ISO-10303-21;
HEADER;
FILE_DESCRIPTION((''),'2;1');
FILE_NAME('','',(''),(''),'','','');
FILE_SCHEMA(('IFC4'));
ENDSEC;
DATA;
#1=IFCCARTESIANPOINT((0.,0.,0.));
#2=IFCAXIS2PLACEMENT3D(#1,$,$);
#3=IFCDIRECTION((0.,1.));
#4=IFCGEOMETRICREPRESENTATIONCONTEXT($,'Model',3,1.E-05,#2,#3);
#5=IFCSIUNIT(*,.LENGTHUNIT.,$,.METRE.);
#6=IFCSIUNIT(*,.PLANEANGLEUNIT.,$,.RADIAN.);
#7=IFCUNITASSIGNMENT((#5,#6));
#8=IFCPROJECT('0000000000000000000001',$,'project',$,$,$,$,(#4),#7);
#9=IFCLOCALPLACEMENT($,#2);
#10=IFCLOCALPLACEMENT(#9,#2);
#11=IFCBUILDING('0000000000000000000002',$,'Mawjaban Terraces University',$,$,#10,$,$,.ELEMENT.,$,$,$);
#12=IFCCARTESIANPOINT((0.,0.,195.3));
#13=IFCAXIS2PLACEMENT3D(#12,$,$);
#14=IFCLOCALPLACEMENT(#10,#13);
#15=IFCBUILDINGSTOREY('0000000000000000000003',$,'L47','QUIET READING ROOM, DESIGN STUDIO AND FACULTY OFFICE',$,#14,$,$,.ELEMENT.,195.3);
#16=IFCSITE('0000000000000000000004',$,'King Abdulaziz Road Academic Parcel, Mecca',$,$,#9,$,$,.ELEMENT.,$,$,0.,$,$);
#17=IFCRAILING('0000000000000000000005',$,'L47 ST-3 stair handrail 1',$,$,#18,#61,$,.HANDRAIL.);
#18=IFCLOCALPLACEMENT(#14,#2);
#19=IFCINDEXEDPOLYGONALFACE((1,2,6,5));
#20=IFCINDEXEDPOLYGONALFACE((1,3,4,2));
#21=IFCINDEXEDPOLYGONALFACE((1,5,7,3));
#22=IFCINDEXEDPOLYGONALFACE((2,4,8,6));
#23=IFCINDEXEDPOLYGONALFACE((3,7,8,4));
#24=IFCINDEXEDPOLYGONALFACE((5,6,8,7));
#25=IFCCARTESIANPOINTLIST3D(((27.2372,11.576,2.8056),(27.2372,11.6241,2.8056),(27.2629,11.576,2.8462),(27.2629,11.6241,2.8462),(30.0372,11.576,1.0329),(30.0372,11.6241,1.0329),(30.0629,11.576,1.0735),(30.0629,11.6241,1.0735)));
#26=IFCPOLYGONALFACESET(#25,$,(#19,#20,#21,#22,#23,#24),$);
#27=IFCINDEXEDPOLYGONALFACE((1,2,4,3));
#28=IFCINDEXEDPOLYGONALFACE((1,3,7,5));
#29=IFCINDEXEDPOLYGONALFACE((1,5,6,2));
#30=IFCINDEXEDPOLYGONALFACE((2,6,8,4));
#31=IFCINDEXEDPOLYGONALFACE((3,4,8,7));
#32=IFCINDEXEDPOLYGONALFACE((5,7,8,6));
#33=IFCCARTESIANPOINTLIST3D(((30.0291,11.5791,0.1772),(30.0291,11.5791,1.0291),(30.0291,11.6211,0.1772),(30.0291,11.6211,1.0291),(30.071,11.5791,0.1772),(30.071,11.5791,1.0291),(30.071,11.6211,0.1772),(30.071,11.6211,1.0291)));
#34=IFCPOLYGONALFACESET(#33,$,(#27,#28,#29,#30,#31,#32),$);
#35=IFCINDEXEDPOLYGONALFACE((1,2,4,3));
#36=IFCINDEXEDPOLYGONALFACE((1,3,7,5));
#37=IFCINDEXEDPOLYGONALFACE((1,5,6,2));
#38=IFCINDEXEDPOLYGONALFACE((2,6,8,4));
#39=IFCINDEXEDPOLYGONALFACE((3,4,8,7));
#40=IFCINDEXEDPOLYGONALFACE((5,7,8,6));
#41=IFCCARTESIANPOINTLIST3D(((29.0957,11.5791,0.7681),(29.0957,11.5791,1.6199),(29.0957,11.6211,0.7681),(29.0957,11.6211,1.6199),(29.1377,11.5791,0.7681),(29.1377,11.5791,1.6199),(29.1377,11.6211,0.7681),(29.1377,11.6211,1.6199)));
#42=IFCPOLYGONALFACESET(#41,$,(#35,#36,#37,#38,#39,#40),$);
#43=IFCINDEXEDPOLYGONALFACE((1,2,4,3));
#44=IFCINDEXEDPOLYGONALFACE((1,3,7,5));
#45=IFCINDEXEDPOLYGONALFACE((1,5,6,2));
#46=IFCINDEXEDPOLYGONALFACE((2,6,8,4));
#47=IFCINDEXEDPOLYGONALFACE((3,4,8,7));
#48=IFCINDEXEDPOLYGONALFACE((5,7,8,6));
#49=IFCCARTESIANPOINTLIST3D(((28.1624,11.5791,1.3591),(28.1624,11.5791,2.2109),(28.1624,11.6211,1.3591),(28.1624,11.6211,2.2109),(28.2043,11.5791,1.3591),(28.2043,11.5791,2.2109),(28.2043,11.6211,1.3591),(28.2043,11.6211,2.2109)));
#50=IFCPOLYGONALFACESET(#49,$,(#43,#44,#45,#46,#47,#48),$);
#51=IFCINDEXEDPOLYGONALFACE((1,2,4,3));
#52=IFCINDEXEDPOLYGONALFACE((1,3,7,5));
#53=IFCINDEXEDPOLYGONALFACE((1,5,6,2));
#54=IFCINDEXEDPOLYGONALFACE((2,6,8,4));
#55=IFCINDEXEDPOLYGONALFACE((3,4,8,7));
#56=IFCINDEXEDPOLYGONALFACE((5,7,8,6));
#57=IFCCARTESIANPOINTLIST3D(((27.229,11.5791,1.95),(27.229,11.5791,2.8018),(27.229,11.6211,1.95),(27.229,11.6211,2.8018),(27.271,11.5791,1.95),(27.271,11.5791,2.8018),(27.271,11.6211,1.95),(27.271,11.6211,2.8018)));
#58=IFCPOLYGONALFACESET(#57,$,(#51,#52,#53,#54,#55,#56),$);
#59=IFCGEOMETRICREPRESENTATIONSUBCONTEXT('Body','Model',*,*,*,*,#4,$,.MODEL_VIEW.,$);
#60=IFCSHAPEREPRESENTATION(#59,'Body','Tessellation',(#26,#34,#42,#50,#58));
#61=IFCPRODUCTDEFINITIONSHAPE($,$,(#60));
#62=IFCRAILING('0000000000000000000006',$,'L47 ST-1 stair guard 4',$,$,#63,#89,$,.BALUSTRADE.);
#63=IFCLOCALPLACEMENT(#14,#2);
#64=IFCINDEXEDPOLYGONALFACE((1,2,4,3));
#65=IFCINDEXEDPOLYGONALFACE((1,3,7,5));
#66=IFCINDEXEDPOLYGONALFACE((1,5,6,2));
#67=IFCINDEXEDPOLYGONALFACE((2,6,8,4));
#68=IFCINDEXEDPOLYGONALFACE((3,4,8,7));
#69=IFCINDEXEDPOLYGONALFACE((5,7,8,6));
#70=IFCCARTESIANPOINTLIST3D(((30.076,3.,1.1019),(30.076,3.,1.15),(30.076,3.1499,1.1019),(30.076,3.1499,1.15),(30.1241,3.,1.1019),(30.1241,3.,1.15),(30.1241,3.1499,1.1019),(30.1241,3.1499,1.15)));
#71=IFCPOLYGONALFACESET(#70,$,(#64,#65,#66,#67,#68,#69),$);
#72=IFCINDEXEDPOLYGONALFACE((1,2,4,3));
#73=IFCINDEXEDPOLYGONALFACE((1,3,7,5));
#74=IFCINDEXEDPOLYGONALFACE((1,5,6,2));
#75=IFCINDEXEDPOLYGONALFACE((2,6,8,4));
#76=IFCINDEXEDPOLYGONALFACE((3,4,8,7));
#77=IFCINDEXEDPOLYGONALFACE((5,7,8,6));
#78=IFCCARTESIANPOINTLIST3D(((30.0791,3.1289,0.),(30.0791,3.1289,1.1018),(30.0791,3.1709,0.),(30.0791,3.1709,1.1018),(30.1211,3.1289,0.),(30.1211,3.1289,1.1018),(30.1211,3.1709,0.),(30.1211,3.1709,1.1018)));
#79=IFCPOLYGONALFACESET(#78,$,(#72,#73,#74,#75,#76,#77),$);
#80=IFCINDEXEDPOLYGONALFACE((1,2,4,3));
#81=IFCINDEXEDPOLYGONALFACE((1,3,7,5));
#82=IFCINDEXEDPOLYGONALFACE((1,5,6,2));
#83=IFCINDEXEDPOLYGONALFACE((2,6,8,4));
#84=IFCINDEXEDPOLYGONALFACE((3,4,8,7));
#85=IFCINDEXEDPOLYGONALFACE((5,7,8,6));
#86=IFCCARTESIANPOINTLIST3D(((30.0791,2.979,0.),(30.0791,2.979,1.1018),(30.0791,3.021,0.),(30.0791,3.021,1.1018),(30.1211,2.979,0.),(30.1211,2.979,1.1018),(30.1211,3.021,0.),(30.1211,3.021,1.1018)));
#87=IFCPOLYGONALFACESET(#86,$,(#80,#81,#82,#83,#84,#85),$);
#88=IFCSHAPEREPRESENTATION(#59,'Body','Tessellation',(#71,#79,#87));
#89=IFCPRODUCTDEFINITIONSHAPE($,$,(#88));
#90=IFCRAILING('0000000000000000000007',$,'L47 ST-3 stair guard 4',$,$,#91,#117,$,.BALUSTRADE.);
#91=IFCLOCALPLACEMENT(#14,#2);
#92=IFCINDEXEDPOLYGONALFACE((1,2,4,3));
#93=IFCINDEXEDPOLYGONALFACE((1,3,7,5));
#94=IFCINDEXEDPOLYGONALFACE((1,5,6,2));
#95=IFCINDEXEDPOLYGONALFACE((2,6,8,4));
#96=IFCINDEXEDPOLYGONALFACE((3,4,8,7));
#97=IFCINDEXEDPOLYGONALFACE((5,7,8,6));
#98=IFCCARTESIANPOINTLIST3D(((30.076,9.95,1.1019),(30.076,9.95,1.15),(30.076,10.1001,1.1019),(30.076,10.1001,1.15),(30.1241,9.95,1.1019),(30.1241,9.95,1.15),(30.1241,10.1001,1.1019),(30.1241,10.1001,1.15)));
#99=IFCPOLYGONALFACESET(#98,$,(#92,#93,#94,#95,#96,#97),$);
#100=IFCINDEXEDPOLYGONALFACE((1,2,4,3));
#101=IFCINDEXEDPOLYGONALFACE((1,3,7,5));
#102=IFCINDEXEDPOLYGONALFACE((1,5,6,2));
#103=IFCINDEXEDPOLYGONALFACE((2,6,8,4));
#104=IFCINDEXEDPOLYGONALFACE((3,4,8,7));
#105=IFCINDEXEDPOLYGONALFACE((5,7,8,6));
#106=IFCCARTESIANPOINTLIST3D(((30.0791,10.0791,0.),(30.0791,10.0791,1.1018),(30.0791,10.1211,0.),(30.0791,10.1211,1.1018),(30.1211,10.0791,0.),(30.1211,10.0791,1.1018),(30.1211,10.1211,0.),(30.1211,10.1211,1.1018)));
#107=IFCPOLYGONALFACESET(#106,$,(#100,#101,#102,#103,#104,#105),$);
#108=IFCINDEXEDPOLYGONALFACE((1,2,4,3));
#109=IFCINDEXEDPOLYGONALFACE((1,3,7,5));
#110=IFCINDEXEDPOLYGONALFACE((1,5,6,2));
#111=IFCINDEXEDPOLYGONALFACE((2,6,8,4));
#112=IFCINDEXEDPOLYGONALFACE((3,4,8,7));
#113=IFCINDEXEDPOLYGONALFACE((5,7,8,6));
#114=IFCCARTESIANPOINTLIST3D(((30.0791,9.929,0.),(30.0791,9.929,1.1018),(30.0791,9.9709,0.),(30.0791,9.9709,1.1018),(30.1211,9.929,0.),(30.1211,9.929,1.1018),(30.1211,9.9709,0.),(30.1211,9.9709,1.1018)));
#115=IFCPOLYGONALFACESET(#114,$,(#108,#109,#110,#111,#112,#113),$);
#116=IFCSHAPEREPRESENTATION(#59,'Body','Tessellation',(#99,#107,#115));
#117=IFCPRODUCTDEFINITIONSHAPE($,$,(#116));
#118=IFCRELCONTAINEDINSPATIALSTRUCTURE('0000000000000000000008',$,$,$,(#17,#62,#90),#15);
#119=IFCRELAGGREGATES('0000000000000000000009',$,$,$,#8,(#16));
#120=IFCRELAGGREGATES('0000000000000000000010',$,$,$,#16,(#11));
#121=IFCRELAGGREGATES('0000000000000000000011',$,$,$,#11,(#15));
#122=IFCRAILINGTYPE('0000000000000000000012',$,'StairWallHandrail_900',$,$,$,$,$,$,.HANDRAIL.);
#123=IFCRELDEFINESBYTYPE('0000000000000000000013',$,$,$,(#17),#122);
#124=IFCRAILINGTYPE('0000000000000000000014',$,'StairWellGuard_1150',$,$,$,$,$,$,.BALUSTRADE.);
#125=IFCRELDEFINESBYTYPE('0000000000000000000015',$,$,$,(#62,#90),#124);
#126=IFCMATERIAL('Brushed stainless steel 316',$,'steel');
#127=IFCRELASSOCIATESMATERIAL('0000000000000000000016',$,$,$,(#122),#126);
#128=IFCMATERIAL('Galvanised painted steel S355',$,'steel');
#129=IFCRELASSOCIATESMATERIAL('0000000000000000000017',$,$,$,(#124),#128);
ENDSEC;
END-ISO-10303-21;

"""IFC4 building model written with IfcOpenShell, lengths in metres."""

from ifc_helpers import new_model, si_unit, direction, frame, origin, origin_2d, place, context, subcontext, project, spatial, rectangle, extrude, material, type_object, element, save


model = new_model("IFC4")

# Units and contexts
model_context = context("Model", 3, precision=1e-05, world=origin(), true_north=direction((0.0, 1.0)))
body_context = subcontext(model_context, "Body", "Model", "MODEL_VIEW")
ifc_project = project(units=[si_unit("LENGTHUNIT", "METRE"), si_unit("PLANEANGLEUNIT", "RADIAN")], contexts=[model_context])

# Site, building, storey
site_placement = place(None, origin())
site = spatial("IfcSite", under=ifc_project, at=site_placement, Name="King Abdulaziz Road Academic Parcel, Mecca", CompositionType="ELEMENT", RefElevation=0.0)
building_placement = place(site_placement, origin())
building = spatial("IfcBuilding", under=site, at=building_placement, Name="Mawjaban Terraces University", CompositionType="ELEMENT")
storey_placement = place(building_placement, frame((0.0, 0.0, 195.3)))
storey = spatial("IfcBuildingStorey", under=building, at=storey_placement, Name="L47", Description="QUIET READING ROOM, DESIGN STUDIO AND FACULTY OFFICE", CompositionType="ELEMENT", Elevation=195.3)

# Railings
ifc_material_1 = material(Name="Brushed stainless steel 316", Category="steel")
railing_type_1 = type_object("IfcRailingType", Name="StairWallHandrail_900", PredefinedType="HANDRAIL", material=ifc_material_1)
railing_1_placement = place(storey_placement, frame((30.05, 11.6001, 0.1772)))
element("IfcRailing", 1, at=railing_1_placement, inside=storey, type_object=railing_type_1, Name="L47 ST-3 stair handrail 1", PredefinedType="HANDRAIL", context=body_context, shape_type="SweptSolid", body=[
    extrude(rectangle(XDim=0.0481, YDim=0.0481, at=origin_2d()), frame((0.0, 0.0, 0.876), z_axis=(-0.844909, 0.0, 0.53491), x_axis=(0.0, -1.0, 0.0)), (0.0, 0.0, 1.0), 3.314),
    extrude(rectangle(XDim=0.042, YDim=0.042, at=origin_2d()), origin(), (0.0, 0.0, 1.0), 0.8518),
    extrude(rectangle(XDim=0.042, YDim=0.042, at=origin_2d()), frame((-0.9333, 0.0, 0.5908)), (0.0, 0.0, 1.0), 0.8518),
    extrude(rectangle(XDim=0.042, YDim=0.042, at=origin_2d()), frame((-1.8667, 0.0, 1.1819)), (0.0, 0.0, 1.0), 0.8518),
    extrude(rectangle(XDim=0.042, YDim=0.042, at=origin_2d()), frame((-2.8, 0.0, 1.7727)), (0.0, 0.0, 1.0), 0.8518),
])
ifc_material_2 = material(Name="Galvanised painted steel S355", Category="steel")
railing_type_2 = type_object("IfcRailingType", Name="StairWellGuard_1150", PredefinedType="BALUSTRADE", material=ifc_material_2)
railing_2_placement = place(storey_placement, frame((30.1001, 3.1499, 0.0)))
element("IfcRailing", 2, at=railing_2_placement, inside=storey, type_object=railing_type_2, Name="L47 ST-1 stair guard 4", PredefinedType="BALUSTRADE", context=body_context, shape_type="SweptSolid", body=[
    extrude(rectangle(XDim=0.0481, YDim=0.0481, at=origin_2d()), frame((0.0, 0.0, 1.126), z_axis=(0.0, -1.0, 0.0), x_axis=(1.0, 0.0, 0.0)), (0.0, 0.0, 1.0), 0.1499),
    extrude(rectangle(XDim=0.042, YDim=0.042, at=origin_2d()), origin(), (0.0, 0.0, 1.0), 1.1018),
    extrude(rectangle(XDim=0.042, YDim=0.042, at=origin_2d()), frame((0.0, -0.1499, 0.0)), (0.0, 0.0, 1.0), 1.1018),
])
railing_3_placement = place(storey_placement, frame((30.1001, 10.1001, 0.0)))
element("IfcRailing", 3, at=railing_3_placement, inside=storey, type_object=railing_type_2, Name="L47 ST-3 stair guard 4", PredefinedType="BALUSTRADE", context=body_context, shape_type="SweptSolid", body=[
    extrude(rectangle(XDim=0.0481, YDim=0.0481, at=origin_2d()), frame((0.0, 0.0, 1.126), z_axis=(0.0, -1.0, 0.0), x_axis=(1.0, 0.0, 0.0)), (0.0, 0.0, 1.0), 0.1501),
    extrude(rectangle(XDim=0.042, YDim=0.042, at=origin_2d()), origin(), (0.0, 0.0, 1.0), 1.1018),
    extrude(rectangle(XDim=0.042, YDim=0.042, at=origin_2d()), frame((0.0, -0.1501, 0.0)), (0.0, 0.0, 1.0), 1.1018),
])

save(model, "model.ifc")
